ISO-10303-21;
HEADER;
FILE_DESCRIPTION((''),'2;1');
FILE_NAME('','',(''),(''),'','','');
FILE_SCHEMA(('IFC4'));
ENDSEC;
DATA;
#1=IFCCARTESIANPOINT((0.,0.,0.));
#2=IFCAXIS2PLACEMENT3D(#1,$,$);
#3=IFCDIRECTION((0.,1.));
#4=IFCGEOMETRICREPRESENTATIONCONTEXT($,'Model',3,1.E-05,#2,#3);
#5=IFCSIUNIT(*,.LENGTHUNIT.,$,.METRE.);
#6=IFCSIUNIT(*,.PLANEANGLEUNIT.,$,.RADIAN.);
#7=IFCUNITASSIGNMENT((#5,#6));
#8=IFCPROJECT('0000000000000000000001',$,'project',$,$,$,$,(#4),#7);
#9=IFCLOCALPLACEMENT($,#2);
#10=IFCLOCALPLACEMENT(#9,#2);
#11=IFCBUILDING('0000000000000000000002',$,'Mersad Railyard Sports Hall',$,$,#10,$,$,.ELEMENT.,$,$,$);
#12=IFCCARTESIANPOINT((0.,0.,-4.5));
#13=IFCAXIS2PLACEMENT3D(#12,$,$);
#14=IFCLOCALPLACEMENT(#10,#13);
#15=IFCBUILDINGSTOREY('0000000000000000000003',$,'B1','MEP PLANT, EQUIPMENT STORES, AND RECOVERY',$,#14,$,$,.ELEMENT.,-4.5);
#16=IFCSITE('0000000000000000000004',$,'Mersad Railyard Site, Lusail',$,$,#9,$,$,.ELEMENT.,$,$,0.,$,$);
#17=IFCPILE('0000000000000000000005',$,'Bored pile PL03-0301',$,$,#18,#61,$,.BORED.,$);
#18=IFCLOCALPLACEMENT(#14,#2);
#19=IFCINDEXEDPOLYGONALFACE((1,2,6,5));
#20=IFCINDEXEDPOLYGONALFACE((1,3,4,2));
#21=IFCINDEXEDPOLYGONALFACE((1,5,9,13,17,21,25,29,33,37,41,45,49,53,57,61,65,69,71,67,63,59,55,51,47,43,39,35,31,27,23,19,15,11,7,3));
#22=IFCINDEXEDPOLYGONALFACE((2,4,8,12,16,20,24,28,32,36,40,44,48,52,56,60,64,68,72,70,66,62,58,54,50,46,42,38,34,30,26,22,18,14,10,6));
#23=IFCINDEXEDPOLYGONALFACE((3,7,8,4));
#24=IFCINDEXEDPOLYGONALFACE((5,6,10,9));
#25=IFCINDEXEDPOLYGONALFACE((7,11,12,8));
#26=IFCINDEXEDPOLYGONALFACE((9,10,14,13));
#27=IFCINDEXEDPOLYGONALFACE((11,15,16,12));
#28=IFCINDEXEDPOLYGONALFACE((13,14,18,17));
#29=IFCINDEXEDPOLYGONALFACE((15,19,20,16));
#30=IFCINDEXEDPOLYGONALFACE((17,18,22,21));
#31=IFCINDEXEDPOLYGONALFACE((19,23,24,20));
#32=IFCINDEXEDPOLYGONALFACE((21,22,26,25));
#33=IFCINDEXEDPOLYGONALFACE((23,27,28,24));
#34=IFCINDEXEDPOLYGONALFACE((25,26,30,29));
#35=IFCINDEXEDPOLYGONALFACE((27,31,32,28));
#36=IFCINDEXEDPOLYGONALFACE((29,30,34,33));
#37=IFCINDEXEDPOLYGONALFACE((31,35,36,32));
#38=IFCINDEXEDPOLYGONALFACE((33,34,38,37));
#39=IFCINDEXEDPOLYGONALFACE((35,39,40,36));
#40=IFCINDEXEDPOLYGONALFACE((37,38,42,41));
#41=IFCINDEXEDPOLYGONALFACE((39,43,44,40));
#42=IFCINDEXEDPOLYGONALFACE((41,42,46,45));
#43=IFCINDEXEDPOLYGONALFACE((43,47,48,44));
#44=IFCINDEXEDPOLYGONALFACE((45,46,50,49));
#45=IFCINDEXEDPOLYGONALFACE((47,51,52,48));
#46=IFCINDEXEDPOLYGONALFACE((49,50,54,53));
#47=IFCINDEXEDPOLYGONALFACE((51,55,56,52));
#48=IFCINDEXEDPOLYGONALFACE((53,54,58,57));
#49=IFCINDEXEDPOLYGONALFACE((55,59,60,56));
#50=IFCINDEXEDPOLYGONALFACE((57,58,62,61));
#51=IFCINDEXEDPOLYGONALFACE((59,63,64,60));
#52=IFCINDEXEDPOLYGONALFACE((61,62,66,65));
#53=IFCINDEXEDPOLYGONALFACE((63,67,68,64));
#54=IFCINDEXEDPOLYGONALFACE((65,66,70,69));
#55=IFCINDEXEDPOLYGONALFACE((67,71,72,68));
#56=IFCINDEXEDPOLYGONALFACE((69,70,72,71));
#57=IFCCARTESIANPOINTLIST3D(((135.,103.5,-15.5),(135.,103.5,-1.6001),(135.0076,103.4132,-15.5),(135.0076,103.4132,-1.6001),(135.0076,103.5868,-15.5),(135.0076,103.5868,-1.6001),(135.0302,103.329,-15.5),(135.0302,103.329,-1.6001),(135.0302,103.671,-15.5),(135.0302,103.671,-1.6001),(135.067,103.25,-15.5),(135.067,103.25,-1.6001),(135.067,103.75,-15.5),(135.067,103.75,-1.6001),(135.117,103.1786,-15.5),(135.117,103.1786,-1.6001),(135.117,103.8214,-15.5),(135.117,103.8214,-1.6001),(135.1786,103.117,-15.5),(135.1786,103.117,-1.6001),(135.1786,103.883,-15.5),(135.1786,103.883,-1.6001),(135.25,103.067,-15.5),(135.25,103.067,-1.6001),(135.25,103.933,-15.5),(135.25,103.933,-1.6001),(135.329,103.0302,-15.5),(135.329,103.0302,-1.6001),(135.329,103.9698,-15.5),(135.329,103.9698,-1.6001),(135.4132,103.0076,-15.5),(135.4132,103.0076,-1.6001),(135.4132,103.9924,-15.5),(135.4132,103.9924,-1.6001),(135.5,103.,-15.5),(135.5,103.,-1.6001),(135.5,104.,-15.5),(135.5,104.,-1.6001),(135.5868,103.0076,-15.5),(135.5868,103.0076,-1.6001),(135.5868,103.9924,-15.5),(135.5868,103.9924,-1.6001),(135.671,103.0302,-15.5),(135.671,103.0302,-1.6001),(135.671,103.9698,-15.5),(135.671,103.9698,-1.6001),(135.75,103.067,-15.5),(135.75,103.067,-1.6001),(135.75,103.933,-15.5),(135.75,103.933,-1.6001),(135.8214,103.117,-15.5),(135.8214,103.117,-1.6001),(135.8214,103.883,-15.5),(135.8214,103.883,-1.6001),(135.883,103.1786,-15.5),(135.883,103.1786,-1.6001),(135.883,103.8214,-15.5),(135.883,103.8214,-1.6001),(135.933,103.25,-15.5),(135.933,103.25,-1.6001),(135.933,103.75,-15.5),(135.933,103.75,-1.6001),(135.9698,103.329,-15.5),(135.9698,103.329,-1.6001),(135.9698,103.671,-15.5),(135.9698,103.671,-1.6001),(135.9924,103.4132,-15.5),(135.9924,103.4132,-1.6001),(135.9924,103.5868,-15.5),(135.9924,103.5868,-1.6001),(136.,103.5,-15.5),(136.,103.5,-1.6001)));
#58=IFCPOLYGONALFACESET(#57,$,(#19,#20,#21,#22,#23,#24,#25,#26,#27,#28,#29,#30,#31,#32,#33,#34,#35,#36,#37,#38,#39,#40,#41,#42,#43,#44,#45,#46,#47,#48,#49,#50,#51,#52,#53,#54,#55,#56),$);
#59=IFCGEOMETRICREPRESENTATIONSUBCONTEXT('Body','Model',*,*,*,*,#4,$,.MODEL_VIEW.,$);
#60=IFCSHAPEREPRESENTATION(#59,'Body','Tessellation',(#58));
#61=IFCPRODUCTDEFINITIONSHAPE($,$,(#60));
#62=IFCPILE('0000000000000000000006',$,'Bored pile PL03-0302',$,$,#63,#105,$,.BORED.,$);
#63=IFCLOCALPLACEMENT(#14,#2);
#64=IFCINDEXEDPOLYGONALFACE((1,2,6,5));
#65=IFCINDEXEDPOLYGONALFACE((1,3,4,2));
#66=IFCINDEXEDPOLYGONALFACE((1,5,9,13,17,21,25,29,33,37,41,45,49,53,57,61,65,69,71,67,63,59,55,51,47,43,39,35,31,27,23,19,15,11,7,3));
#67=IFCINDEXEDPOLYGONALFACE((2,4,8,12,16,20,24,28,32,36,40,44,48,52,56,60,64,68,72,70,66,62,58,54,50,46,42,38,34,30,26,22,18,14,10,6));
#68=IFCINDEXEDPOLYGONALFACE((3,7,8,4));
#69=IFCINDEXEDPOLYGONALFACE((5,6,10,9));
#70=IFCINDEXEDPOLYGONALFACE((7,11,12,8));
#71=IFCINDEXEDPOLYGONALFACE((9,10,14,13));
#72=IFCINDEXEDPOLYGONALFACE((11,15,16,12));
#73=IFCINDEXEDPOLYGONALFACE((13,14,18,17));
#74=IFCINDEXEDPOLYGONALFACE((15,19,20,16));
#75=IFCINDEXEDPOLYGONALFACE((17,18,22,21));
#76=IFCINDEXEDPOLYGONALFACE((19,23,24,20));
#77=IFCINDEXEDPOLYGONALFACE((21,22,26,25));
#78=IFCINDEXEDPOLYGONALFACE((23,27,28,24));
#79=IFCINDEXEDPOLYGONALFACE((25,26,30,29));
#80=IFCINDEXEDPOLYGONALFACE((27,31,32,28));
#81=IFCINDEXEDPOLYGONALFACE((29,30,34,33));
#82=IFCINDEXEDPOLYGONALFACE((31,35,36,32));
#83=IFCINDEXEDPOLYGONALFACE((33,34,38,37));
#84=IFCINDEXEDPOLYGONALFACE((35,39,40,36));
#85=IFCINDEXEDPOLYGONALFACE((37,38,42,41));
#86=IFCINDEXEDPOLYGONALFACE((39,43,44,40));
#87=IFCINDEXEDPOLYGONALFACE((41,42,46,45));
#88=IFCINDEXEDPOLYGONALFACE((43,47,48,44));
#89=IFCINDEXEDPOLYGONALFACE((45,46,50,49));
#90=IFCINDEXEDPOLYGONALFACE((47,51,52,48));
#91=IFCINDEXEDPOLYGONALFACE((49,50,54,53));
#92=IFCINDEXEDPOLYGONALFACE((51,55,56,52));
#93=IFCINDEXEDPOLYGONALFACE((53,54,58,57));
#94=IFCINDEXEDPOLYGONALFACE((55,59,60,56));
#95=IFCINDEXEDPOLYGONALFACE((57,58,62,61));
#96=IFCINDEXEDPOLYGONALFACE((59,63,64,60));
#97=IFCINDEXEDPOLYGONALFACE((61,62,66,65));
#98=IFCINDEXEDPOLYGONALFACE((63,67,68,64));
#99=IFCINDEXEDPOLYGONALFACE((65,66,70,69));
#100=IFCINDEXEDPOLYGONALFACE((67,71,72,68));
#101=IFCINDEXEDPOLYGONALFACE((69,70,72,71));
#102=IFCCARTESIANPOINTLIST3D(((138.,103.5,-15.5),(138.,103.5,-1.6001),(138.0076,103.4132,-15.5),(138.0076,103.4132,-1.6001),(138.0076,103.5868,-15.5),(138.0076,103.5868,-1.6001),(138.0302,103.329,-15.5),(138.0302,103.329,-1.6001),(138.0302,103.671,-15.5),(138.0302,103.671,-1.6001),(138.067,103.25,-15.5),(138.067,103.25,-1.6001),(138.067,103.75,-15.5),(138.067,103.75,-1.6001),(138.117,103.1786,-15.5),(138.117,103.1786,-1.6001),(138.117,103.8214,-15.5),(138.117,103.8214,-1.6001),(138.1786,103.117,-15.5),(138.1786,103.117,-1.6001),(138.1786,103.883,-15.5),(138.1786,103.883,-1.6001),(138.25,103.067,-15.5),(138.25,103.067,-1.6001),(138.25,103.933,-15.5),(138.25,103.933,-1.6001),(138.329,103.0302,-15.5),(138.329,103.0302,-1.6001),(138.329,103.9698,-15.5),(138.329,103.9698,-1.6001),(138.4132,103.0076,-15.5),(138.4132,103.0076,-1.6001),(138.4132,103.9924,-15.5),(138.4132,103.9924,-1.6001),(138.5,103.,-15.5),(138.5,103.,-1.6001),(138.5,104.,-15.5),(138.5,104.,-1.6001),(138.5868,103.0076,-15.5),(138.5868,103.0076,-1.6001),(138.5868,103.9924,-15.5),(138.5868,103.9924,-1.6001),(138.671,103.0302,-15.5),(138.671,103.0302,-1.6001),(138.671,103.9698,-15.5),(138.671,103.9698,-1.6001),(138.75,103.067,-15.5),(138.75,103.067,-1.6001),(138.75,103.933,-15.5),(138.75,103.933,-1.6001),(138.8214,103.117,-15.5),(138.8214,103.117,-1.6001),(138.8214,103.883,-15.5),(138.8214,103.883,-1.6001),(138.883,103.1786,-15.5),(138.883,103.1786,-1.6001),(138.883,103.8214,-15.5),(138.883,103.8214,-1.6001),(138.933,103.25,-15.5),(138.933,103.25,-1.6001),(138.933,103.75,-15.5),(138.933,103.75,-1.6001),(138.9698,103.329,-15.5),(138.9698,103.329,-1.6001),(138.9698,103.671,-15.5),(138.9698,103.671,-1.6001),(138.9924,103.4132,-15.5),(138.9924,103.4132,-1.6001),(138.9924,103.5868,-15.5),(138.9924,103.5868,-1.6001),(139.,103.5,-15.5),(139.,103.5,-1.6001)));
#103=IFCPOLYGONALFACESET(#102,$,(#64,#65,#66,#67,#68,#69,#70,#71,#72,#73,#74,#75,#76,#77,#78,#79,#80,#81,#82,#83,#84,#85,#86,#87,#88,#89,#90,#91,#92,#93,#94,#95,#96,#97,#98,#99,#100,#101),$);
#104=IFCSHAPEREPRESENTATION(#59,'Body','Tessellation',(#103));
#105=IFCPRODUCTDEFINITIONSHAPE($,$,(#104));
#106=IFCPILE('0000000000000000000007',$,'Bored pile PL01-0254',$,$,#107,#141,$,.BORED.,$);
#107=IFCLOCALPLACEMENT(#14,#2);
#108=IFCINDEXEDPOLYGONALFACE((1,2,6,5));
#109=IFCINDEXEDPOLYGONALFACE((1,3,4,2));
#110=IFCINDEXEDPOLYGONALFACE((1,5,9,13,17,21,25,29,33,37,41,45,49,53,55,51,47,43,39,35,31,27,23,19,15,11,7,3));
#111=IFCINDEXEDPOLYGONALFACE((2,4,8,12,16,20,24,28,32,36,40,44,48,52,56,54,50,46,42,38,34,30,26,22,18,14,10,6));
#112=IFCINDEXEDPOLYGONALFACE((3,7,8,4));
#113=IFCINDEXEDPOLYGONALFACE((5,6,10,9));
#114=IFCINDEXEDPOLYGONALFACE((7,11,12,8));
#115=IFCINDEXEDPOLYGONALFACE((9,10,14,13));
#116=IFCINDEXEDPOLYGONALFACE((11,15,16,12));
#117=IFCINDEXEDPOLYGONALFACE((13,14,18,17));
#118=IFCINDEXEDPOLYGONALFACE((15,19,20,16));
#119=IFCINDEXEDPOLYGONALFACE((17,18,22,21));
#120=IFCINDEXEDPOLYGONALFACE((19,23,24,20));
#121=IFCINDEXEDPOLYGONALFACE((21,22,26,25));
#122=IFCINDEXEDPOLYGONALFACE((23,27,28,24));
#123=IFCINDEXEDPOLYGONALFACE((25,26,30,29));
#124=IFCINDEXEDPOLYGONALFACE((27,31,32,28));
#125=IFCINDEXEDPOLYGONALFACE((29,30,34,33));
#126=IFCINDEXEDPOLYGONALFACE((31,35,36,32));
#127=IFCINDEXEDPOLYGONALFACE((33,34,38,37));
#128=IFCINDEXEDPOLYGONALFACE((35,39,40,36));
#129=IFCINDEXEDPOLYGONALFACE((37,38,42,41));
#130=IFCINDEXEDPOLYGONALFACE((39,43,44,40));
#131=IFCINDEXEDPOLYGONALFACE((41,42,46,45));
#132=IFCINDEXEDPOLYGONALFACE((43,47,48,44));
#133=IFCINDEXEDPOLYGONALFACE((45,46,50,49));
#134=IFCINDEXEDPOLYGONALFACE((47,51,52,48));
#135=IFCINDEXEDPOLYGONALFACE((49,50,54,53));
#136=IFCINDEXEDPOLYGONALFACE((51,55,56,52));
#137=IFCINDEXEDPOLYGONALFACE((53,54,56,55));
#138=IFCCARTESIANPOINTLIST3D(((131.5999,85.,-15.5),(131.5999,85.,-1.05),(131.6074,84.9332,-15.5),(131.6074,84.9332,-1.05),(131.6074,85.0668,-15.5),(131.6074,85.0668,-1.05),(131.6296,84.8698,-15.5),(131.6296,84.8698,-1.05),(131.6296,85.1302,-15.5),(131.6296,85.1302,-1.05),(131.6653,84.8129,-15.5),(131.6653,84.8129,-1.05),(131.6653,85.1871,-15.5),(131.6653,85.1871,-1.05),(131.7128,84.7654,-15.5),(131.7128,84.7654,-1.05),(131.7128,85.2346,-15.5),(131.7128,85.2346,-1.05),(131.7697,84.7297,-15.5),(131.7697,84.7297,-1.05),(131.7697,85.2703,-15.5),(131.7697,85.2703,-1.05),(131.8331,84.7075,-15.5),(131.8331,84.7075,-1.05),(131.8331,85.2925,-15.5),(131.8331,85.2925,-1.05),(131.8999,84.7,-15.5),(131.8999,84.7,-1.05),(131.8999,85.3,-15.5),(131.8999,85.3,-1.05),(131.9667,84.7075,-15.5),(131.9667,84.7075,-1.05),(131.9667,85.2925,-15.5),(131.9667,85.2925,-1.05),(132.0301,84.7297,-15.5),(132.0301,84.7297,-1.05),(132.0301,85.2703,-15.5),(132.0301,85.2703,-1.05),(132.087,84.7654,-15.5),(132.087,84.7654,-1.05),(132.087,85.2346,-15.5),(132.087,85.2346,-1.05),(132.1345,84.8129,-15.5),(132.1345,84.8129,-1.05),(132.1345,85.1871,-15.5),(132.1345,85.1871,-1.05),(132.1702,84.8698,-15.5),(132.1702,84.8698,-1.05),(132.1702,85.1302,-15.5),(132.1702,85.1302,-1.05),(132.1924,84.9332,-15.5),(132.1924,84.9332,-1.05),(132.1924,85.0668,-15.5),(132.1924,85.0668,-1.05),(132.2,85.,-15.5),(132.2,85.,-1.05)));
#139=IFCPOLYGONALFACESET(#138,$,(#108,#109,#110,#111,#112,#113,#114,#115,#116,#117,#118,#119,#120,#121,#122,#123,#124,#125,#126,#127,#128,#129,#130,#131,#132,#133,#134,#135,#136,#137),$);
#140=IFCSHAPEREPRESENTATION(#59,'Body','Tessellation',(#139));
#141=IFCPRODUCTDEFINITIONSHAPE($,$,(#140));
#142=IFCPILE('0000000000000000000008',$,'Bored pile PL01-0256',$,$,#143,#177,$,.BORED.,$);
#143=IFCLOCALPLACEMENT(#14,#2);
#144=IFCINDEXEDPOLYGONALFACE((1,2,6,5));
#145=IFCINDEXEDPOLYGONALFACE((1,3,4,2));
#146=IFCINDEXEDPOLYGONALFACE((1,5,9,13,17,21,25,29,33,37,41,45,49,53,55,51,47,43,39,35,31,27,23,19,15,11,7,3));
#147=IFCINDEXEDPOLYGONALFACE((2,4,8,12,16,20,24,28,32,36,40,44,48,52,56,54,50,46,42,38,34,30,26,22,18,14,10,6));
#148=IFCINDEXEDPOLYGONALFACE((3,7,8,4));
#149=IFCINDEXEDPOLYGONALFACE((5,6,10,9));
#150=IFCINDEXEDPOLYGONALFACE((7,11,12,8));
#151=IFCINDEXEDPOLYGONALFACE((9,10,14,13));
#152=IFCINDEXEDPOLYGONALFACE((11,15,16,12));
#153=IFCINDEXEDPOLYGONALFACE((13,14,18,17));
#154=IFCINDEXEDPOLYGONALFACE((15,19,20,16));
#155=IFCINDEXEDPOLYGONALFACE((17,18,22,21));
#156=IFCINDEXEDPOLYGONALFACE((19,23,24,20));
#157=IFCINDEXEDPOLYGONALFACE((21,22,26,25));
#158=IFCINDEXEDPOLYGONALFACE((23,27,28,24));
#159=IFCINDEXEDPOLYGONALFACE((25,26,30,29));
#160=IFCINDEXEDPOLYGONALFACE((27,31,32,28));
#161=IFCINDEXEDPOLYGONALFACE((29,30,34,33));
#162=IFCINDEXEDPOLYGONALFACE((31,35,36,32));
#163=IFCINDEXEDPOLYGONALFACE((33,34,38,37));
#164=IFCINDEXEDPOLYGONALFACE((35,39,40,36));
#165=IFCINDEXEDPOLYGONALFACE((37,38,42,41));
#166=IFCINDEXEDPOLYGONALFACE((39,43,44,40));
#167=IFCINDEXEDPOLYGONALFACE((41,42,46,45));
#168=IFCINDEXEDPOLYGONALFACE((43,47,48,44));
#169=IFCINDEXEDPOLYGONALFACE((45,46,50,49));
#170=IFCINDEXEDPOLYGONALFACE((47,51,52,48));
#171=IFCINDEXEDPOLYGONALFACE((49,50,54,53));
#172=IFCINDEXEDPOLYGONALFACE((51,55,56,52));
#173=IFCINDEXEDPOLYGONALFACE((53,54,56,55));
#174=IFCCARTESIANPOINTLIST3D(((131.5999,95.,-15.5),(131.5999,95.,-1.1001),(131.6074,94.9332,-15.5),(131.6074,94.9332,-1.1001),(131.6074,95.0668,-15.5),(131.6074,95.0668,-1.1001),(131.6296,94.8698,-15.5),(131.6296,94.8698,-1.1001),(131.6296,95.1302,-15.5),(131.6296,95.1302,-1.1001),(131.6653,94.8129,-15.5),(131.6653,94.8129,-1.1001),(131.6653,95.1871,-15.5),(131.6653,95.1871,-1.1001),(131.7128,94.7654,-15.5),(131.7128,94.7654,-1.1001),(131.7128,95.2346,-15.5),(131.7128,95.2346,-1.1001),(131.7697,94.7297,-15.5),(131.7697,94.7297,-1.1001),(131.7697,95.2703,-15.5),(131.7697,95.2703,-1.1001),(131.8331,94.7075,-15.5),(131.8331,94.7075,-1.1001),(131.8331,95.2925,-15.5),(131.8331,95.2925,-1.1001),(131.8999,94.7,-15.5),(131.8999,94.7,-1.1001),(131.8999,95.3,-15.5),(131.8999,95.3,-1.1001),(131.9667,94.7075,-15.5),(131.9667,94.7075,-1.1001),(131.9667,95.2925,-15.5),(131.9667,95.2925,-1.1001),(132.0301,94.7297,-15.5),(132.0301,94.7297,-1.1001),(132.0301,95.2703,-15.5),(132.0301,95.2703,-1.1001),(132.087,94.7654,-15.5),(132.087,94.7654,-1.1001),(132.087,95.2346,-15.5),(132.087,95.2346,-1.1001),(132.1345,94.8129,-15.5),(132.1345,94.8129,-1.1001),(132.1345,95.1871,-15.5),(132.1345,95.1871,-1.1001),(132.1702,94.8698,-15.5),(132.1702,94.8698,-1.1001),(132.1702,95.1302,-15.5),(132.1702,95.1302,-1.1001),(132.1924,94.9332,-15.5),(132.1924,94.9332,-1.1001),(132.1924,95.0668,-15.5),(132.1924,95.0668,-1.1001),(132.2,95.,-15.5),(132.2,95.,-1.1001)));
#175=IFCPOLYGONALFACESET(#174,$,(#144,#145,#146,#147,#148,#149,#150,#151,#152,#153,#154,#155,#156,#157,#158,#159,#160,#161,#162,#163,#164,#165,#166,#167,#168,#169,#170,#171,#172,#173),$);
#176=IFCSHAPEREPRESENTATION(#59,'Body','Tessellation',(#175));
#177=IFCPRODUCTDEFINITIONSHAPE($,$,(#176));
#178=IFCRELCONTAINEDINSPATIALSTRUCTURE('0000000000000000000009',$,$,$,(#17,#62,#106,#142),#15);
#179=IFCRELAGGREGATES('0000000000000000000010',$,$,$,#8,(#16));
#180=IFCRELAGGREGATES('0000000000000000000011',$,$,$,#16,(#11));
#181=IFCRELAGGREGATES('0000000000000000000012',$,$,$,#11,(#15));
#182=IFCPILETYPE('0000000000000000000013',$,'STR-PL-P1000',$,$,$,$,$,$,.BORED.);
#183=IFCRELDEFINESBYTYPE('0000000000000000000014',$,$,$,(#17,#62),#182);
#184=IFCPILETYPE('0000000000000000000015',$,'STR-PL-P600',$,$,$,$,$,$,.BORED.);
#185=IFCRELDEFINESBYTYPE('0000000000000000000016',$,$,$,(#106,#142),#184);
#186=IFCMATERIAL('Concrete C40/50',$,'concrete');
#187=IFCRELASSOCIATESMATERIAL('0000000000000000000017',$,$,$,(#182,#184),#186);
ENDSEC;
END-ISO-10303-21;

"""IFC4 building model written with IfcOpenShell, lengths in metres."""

from ifc_helpers import new_model, si_unit, direction, frame, origin, origin_2d, place, context, subcontext, project, spatial, circle, extrude, material, material_profile, profile_set, type_object, element, save


model = new_model("IFC4")

# Units and contexts
model_context = context("Model", 3, precision=1e-05, world=origin(), true_north=direction((0.0, 1.0)))
body_context = subcontext(model_context, "Body", "Model", "MODEL_VIEW")
ifc_project = project(units=[si_unit("LENGTHUNIT", "METRE"), si_unit("PLANEANGLEUNIT", "RADIAN")], contexts=[model_context])

# Site, building, storey
site_placement = place(None, origin())
site = spatial("IfcSite", under=ifc_project, at=site_placement, Name="Mersad Railyard Site, Lusail", CompositionType="ELEMENT", RefElevation=0.0)
building_placement = place(site_placement, origin())
building = spatial("IfcBuilding", under=site, at=building_placement, Name="Mersad Railyard Sports Hall", CompositionType="ELEMENT")
storey_placement = place(building_placement, frame((0.0, 0.0, -4.5)))
storey = spatial("IfcBuildingStorey", under=building, at=storey_placement, Name="B1", Description="MEP PLANT, EQUIPMENT STORES, AND RECOVERY", CompositionType="ELEMENT", Elevation=-4.5)

# Shared definitions
ifc_material_1 = material(Name="Concrete C40/50", Category="concrete")

# Piles
ifc_material_profile_1 = material_profile(ifc_material_1, circle(Radius=0.5, at=origin_2d()), Name="BORED PILE D1000")
ifc_profile_set_1 = profile_set([ifc_material_profile_1], Name="Concrete C40/50")
pile_type_1 = type_object("IfcPileType", Name="STR-PL-P1000", PredefinedType="BORED", material=ifc_profile_set_1)
for number, where, z_axis, x_axis, name in (
    (1, (135.5, 103.5, -1.6001), (0.0, 0.0, -1.0), (1.0, 0.0, 0.0), "Bored pile PL03-0301"),
    (2, (138.5, 103.5, -1.6001), (0.0, 0.0, -1.0), (1.0, 0.0, 0.0), "Bored pile PL03-0302"),
):
    element("IfcPile", number, at=place(storey_placement, frame(where, z_axis=z_axis, x_axis=x_axis)), inside=storey, type_object=pile_type_1, Name=name, PredefinedType="BORED", context=body_context, shape_type="SweptSolid", body=[
        extrude(circle(Radius=0.5, at=origin_2d()), origin(), (0.0, 0.0, 1.0), 13.8999),
    ])
ifc_material_profile_2 = material_profile(ifc_material_1, circle(Radius=0.3, at=origin_2d()), Name="BORED PILE D600")
ifc_profile_set_2 = profile_set([ifc_material_profile_2], Name="Concrete C40/50")
pile_type_2 = type_object("IfcPileType", Name="STR-PL-P600", PredefinedType="BORED", material=ifc_profile_set_2)
pile_1_placement = place(storey_placement, frame((131.8999, 85.0, -1.05), z_axis=(0.0, 0.0, -1.0), x_axis=(1.0, 0.0, 0.0)))
element("IfcPile", 3, at=pile_1_placement, inside=storey, type_object=pile_type_2, Name="Bored pile PL01-0254", PredefinedType="BORED", context=body_context, shape_type="SweptSolid", body=[
    extrude(circle(Radius=0.3, at=origin_2d()), origin(), (0.0, 0.0, 1.0), 14.45),
])
pile_2_placement = place(storey_placement, frame((131.8999, 95.0, -1.1001), z_axis=(0.0, 0.0, -1.0), x_axis=(1.0, 0.0, 0.0)))
element("IfcPile", 4, at=pile_2_placement, inside=storey, type_object=pile_type_2, Name="Bored pile PL01-0256", PredefinedType="BORED", context=body_context, shape_type="SweptSolid", body=[
    extrude(circle(Radius=0.3, at=origin_2d()), origin(), (0.0, 0.0, 1.0), 14.3999),
])

save(model, "model.ifc")
